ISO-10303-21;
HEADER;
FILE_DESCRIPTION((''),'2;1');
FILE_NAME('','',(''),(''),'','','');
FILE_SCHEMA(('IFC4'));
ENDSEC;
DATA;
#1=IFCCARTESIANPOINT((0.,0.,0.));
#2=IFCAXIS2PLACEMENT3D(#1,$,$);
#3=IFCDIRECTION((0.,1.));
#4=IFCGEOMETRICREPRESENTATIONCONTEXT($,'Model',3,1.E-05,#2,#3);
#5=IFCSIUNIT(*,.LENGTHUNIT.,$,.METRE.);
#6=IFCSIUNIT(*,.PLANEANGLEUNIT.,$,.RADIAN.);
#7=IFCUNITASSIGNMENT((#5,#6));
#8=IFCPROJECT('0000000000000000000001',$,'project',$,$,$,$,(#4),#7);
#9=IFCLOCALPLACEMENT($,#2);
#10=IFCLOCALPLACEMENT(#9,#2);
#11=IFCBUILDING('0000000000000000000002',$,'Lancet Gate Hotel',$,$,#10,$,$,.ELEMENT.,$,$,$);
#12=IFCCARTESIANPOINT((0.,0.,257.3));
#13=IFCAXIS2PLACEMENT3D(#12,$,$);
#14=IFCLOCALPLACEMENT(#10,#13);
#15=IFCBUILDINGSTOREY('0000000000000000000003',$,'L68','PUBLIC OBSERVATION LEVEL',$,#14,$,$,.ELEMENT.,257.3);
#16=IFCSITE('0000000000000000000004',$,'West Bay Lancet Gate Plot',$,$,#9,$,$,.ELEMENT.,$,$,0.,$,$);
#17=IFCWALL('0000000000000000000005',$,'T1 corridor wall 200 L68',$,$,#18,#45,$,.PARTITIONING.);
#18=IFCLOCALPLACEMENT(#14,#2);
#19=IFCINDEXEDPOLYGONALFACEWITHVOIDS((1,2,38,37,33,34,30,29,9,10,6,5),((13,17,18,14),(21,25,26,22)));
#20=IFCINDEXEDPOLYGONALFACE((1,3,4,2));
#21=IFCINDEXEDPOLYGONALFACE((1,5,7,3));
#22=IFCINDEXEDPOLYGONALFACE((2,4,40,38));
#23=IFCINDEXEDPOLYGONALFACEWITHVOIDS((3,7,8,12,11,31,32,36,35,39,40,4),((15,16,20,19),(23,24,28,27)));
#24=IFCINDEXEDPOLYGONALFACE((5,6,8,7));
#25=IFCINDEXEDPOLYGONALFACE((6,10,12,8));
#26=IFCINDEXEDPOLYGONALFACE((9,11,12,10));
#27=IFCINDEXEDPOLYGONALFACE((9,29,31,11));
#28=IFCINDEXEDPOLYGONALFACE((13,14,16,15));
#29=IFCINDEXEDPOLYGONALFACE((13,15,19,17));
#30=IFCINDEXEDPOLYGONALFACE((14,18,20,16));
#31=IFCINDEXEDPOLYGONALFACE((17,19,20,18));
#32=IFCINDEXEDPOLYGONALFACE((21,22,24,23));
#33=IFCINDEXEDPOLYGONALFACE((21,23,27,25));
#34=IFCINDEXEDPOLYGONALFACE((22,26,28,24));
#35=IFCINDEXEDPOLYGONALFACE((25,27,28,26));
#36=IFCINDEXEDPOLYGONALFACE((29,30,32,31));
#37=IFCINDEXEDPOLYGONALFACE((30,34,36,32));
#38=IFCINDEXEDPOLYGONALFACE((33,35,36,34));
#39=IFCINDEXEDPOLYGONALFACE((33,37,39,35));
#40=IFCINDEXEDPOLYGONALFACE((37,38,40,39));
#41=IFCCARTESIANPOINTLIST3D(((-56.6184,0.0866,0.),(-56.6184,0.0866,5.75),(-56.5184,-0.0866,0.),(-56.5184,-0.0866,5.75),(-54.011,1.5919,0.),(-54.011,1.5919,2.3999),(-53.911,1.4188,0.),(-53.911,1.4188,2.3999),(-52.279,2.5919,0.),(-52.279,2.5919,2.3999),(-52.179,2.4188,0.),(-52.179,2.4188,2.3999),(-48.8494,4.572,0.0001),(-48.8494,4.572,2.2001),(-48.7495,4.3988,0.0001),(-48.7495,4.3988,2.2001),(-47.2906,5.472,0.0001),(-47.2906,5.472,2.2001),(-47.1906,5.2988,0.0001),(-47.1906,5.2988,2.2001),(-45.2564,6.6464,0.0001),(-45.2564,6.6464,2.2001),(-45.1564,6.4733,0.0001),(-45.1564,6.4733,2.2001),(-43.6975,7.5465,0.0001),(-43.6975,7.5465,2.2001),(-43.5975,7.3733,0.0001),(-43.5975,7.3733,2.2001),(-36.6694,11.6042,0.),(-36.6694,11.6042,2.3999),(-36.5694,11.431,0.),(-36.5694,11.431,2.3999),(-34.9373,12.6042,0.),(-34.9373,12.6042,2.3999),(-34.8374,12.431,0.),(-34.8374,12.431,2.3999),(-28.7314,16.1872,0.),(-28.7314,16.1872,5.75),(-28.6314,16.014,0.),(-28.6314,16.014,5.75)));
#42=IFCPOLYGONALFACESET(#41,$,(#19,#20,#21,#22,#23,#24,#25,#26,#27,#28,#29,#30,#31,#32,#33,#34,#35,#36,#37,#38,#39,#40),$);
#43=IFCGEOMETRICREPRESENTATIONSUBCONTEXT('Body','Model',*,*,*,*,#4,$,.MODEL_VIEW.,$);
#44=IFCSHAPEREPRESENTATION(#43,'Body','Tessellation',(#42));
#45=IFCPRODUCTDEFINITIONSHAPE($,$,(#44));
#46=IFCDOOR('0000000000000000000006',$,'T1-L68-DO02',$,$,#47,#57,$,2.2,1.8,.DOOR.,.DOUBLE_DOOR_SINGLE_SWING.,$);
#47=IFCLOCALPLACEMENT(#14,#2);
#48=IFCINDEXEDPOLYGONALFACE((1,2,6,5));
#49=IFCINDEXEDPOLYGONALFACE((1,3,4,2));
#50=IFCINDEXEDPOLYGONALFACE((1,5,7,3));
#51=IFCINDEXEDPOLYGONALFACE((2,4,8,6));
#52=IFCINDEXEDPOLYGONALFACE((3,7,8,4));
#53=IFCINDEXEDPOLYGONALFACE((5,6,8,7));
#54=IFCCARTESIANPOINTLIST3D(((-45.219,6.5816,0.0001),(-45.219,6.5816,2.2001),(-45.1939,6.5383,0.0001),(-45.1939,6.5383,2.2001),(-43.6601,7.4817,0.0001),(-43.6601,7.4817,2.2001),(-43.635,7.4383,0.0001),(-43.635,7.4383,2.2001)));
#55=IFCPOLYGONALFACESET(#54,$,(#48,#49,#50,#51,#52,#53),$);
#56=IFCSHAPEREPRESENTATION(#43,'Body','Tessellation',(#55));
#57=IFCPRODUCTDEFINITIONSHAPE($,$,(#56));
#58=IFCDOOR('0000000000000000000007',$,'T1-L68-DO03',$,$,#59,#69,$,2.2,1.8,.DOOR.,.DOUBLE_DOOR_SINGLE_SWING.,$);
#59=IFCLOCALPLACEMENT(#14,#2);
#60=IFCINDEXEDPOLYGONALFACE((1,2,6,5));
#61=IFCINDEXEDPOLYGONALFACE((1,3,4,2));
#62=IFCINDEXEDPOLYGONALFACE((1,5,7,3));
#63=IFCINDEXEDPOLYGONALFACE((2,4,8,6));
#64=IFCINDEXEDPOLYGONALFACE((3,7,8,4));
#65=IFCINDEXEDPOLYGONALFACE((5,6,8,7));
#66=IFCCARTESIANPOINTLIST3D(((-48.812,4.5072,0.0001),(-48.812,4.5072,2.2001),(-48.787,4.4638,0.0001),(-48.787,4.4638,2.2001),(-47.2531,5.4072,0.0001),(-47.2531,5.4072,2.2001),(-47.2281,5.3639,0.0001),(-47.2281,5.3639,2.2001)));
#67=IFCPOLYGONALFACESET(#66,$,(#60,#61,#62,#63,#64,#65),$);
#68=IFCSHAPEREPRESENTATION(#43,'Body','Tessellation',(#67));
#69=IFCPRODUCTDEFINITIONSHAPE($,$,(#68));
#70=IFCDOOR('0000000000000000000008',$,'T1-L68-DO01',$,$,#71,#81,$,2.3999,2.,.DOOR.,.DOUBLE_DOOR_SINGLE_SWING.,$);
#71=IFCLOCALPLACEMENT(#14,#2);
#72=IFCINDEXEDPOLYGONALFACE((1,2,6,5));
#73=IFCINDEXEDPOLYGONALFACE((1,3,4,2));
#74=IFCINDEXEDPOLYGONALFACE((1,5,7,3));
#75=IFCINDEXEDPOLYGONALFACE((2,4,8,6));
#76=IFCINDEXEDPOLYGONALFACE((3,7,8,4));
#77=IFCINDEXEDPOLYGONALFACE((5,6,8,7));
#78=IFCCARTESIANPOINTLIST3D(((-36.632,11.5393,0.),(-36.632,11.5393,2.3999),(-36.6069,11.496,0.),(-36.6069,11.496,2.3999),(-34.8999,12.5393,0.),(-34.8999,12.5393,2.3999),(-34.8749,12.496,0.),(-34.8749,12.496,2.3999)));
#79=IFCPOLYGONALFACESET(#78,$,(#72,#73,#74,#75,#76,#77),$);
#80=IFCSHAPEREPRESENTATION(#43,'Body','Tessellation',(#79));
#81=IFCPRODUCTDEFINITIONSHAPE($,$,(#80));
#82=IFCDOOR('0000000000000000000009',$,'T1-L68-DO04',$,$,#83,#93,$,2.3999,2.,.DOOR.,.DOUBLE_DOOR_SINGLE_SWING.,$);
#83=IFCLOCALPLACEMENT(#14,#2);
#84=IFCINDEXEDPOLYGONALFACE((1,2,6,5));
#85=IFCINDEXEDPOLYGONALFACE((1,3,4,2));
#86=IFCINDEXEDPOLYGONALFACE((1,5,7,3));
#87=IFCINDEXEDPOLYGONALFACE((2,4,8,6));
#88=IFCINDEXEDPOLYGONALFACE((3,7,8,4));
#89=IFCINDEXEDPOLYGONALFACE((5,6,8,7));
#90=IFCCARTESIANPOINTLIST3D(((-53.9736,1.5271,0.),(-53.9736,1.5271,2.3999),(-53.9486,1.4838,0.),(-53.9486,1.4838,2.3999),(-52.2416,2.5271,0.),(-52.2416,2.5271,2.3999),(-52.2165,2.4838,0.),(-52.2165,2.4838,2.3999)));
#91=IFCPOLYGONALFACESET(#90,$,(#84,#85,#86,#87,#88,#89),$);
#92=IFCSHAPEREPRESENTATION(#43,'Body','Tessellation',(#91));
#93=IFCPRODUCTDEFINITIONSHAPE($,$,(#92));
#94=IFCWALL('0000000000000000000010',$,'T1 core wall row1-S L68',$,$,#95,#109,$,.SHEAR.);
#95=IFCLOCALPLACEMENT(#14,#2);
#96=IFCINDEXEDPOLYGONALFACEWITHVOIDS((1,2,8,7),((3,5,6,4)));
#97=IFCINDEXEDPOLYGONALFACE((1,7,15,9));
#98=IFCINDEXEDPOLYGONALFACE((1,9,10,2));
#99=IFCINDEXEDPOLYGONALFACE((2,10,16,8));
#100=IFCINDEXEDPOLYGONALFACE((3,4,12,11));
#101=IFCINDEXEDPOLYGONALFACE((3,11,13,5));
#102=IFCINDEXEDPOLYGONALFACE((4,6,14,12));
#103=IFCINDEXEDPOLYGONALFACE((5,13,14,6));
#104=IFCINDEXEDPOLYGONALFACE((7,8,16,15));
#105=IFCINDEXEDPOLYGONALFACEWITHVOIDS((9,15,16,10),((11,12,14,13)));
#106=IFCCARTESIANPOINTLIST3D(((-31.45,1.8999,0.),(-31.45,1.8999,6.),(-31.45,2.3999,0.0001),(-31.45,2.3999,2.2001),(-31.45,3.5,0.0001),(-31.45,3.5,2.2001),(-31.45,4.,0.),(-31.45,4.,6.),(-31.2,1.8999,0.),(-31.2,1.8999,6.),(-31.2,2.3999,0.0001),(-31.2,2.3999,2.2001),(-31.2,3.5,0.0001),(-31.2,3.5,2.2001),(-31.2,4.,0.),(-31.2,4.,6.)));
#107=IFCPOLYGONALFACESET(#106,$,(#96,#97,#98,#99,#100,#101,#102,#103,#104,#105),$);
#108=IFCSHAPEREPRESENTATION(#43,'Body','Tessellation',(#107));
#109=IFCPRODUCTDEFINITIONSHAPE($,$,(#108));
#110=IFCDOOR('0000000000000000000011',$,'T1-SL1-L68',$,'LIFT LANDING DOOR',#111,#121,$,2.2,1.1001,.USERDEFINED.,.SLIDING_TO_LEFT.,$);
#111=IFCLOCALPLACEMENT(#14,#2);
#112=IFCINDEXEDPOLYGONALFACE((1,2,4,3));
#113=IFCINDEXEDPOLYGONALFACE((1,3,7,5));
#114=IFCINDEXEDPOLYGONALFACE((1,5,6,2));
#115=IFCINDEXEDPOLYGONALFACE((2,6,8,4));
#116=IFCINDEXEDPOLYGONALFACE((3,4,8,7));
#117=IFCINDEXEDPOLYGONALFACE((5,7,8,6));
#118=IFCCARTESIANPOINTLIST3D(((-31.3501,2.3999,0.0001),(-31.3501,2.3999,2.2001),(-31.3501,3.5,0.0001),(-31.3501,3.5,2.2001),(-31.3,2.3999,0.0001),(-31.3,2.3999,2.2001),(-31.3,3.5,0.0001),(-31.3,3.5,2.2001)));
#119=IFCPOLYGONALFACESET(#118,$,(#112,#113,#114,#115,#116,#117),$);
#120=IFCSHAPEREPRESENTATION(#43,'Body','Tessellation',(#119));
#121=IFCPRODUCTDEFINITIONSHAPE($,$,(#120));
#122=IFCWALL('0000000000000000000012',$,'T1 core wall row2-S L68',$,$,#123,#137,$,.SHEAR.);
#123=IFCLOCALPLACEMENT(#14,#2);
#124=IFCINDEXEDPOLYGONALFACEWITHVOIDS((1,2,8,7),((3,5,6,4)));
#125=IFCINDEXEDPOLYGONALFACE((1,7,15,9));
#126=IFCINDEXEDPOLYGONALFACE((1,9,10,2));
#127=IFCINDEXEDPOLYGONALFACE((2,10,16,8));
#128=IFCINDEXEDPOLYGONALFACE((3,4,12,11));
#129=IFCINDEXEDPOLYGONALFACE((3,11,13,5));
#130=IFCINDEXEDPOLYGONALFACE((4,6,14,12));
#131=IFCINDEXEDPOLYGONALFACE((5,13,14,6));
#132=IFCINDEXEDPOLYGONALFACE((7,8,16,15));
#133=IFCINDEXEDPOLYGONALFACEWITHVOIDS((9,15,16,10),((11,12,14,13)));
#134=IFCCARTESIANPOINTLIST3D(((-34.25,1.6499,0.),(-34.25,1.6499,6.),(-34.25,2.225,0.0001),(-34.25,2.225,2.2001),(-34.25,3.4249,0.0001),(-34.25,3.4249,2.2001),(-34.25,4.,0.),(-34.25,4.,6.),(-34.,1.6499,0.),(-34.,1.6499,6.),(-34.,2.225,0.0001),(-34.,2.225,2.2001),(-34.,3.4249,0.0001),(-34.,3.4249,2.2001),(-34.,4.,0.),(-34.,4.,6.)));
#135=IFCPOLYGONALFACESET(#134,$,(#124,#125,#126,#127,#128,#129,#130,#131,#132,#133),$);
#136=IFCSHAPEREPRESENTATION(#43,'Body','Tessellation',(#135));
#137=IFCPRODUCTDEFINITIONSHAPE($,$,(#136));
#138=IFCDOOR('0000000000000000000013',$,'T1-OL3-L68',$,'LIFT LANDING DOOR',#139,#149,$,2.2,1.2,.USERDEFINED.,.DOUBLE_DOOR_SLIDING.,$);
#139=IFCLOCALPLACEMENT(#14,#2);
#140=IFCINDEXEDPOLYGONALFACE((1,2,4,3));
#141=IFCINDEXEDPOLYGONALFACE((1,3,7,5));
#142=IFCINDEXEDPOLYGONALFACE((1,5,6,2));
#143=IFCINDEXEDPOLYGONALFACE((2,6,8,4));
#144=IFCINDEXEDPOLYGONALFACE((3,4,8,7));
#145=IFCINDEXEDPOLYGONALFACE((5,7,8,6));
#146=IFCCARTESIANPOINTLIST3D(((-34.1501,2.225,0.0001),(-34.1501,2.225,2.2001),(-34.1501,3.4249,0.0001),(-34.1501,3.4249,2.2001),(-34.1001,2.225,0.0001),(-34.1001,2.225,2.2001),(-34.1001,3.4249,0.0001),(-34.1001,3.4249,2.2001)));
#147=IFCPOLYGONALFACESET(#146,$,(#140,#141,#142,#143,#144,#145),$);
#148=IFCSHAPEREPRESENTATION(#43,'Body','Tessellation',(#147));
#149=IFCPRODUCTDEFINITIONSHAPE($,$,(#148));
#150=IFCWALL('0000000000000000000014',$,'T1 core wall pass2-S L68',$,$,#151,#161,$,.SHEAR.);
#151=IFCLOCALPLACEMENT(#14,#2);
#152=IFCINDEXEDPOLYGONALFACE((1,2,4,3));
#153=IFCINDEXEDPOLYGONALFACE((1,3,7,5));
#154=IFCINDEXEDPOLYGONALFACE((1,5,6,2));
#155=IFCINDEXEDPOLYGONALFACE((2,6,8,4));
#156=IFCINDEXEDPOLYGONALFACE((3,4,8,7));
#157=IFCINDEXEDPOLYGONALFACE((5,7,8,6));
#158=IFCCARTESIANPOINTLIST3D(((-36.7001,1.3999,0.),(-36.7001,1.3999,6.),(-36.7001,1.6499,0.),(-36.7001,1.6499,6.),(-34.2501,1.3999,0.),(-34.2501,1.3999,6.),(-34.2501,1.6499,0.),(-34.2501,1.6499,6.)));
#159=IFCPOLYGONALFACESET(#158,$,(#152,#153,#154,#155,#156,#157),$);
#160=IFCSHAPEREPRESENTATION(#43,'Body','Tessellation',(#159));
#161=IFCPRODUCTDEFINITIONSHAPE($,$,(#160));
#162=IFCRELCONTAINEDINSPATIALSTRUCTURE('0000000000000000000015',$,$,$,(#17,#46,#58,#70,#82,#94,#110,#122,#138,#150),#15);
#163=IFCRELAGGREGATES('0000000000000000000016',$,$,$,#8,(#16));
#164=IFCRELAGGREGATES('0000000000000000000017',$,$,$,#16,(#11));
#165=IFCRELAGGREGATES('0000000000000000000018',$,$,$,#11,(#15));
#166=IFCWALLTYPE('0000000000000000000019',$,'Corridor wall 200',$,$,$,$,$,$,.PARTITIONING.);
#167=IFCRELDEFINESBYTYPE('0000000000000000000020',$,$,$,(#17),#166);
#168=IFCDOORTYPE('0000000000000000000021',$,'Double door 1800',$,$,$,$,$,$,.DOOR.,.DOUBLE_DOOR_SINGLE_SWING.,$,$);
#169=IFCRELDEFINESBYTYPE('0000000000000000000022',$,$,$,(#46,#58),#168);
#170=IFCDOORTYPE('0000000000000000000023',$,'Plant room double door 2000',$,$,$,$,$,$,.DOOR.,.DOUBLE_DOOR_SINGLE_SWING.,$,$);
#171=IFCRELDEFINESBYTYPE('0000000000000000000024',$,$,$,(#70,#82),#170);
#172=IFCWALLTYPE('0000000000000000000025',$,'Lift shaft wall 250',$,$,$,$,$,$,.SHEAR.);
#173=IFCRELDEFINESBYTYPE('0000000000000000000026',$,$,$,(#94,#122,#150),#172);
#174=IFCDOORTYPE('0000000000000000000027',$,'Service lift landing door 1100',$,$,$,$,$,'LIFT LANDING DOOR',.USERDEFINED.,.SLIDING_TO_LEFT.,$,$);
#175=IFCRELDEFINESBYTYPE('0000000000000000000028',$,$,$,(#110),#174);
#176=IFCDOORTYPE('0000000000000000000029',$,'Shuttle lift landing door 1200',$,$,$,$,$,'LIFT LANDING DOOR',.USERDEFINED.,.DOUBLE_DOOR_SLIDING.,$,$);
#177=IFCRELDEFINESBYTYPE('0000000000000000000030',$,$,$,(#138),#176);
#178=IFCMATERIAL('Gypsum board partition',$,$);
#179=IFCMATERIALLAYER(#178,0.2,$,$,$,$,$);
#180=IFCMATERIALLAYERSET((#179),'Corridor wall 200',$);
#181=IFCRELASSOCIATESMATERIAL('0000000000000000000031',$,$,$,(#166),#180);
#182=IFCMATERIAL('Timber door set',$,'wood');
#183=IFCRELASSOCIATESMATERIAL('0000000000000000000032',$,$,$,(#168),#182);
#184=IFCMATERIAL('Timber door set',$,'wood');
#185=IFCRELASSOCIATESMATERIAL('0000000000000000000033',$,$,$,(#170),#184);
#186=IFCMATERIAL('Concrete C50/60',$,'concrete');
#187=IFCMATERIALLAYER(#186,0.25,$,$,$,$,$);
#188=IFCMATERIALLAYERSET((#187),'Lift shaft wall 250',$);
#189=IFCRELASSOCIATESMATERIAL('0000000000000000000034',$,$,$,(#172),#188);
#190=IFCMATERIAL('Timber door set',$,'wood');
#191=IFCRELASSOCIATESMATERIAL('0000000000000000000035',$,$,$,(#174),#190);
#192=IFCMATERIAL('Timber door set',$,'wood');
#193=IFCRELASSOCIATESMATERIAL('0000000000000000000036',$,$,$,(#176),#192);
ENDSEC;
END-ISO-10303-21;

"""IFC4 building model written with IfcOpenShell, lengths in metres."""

from ifc_helpers import new_model, si_unit, direction, frame, frame_2d, origin, place, context, subcontext, project, spatial, rectangle, extrude, material, layer, layer_set, type_object, element, fill, save


model = new_model("IFC4")

# Units and contexts
model_context = context("Model", 3, precision=1e-05, world=origin(), true_north=direction((0.0, 1.0)))
body_context = subcontext(model_context, "Body", "Model", "MODEL_VIEW")
ifc_project = project(units=[si_unit("LENGTHUNIT", "METRE"), si_unit("PLANEANGLEUNIT", "RADIAN")], contexts=[model_context])

# Site, building, storey
site_placement = place(None, origin())
site = spatial("IfcSite", under=ifc_project, at=site_placement, Name="West Bay Lancet Gate Plot", CompositionType="ELEMENT", RefElevation=0.0)
building_placement = place(site_placement, origin())
building = spatial("IfcBuilding", under=site, at=building_placement, Name="Lancet Gate Hotel", CompositionType="ELEMENT")
storey_placement = place(building_placement, frame((0.0, 0.0, 257.3)))
storey = spatial("IfcBuildingStorey", under=building, at=storey_placement, Name="L68", Description="PUBLIC OBSERVATION LEVEL", CompositionType="ELEMENT", Elevation=257.3)

# Wall, openings, doors
ifc_material_1 = material(Name="Gypsum board partition")
ifc_layer_1 = layer(ifc_material_1, 0.2)
ifc_layer_set_1 = layer_set([ifc_layer_1], Name="Corridor wall 200")
wall_type_1 = type_object("IfcWallType", Name="Corridor wall 200", PredefinedType="PARTITIONING", material=ifc_layer_set_1)
wall_1_placement = place(storey_placement, frame((-28.6814, 16.1006, 0.0), z_axis=(0.0, 0.0, 1.0), x_axis=(-0.866025, -0.500001, 0.0)))
wall_1 = element("IfcWall", 1, at=wall_1_placement, inside=storey, type_object=wall_type_1, Name="T1 corridor wall 200 L68", PredefinedType="PARTITIONING", context=body_context, shape_type="SweptSolid", body=[
    extrude(rectangle(XDim=32.2012, YDim=0.2, at=frame_2d((16.1006, 0.0))), origin(), (0.0, 0.0, 1.0), 5.75),
])
opening_1_placement = place(wall_1_placement, frame((7.166, 0.0, 0.0)))
opening_1 = element("IfcOpeningElement", 2, at=opening_1_placement, cuts=wall_1, PredefinedType="OPENING", context=body_context, shape_type="SweptSolid", body=[
    extrude(rectangle(XDim=2.0, YDim=2.3999, at=frame_2d((1.0, 1.2))), frame((0.0, 0.1099, 0.0), z_axis=(0.0, -1.0, 0.0), x_axis=(1.0, 0.0, 0.0)), (0.0, 0.0, 1.0), 0.22),
])
opening_2_placement = place(wall_1_placement, frame((17.2815, 0.0, 0.0)))
opening_2 = element("IfcOpeningElement", 3, at=opening_2_placement, cuts=wall_1, PredefinedType="OPENING", context=body_context, shape_type="SweptSolid", body=[
    extrude(rectangle(XDim=1.8, YDim=2.2, at=frame_2d((0.8999, 1.1001))), frame((0.0, 0.1099, 0.0), z_axis=(0.0, -1.0, 0.0), x_axis=(1.0, 0.0, 0.0)), (0.0, 0.0, 1.0), 0.22),
])
opening_3_placement = place(wall_1_placement, frame((21.4304, 0.0, 0.0)))
opening_3 = element("IfcOpeningElement", 4, at=opening_3_placement, cuts=wall_1, PredefinedType="OPENING", context=body_context, shape_type="SweptSolid", body=[
    extrude(rectangle(XDim=1.8, YDim=2.2, at=frame_2d((0.8999, 1.1001))), frame((0.0, 0.1099, 0.0), z_axis=(0.0, -1.0, 0.0), x_axis=(1.0, 0.0, 0.0)), (0.0, 0.0, 1.0), 0.22),
])
opening_4_placement = place(wall_1_placement, frame((27.1904, 0.0, 0.0)))
opening_4 = element("IfcOpeningElement", 5, at=opening_4_placement, cuts=wall_1, PredefinedType="OPENING", context=body_context, shape_type="SweptSolid", body=[
    extrude(rectangle(XDim=2.0, YDim=2.3999, at=frame_2d((1.0, 1.2))), frame((0.0, 0.1099, 0.0), z_axis=(0.0, -1.0, 0.0), x_axis=(1.0, 0.0, 0.0)), (0.0, 0.0, 1.0), 0.22),
])
ifc_material_2 = material(Name="Timber door set", Category="wood")
door_type_1 = type_object("IfcDoorType", Name="Double door 1800", OperationType="DOUBLE_DOOR_SINGLE_SWING", PredefinedType="DOOR", material=ifc_material_2)
door_1_placement = place(opening_2_placement, origin())
door_1 = element("IfcDoor", 6, at=door_1_placement, inside=storey, type_object=door_type_1, Name="T1-L68-DO02", OperationType="DOUBLE_DOOR_SINGLE_SWING", OverallHeight=2.2, OverallWidth=1.8, PredefinedType="DOOR", context=body_context, shape_type="SweptSolid", body=[
    extrude(rectangle(XDim=1.8, YDim=2.2, at=frame_2d((0.8999, 1.1001))), frame((0.0, 0.0249, 0.0), z_axis=(0.0, -1.0, 0.0), x_axis=(1.0, 0.0, 0.0)), (0.0, 0.0, 1.0), 0.05),
])
fill(opening_2, door_1)
door_2_placement = place(opening_3_placement, origin())
door_2 = element("IfcDoor", 7, at=door_2_placement, inside=storey, type_object=door_type_1, Name="T1-L68-DO03", OperationType="DOUBLE_DOOR_SINGLE_SWING", OverallHeight=2.2, OverallWidth=1.8, PredefinedType="DOOR", context=body_context, shape_type="SweptSolid", body=[
    extrude(rectangle(XDim=1.8, YDim=2.2, at=frame_2d((0.8999, 1.1001))), frame((0.0, 0.0249, 0.0), z_axis=(0.0, -1.0, 0.0), x_axis=(1.0, 0.0, 0.0)), (0.0, 0.0, 1.0), 0.05),
])
fill(opening_3, door_2)
ifc_material_3 = material(Name="Timber door set", Category="wood")
door_type_2 = type_object("IfcDoorType", Name="Plant room double door 2000", OperationType="DOUBLE_DOOR_SINGLE_SWING", PredefinedType="DOOR", material=ifc_material_3)
door_3_placement = place(opening_1_placement, origin())
door_3 = element("IfcDoor", 8, at=door_3_placement, inside=storey, type_object=door_type_2, Name="T1-L68-DO01", OperationType="DOUBLE_DOOR_SINGLE_SWING", OverallHeight=2.3999, OverallWidth=2.0, PredefinedType="DOOR", context=body_context, shape_type="SweptSolid", body=[
    extrude(rectangle(XDim=2.0, YDim=2.3999, at=frame_2d((1.0, 1.2))), frame((0.0, 0.0249, 0.0), z_axis=(0.0, -1.0, 0.0), x_axis=(1.0, 0.0, 0.0)), (0.0, 0.0, 1.0), 0.05),
])
fill(opening_1, door_3)
door_4_placement = place(opening_4_placement, origin())
door_4 = element("IfcDoor", 9, at=door_4_placement, inside=storey, type_object=door_type_2, Name="T1-L68-DO04", OperationType="DOUBLE_DOOR_SINGLE_SWING", OverallHeight=2.3999, OverallWidth=2.0, PredefinedType="DOOR", context=body_context, shape_type="SweptSolid", body=[
    extrude(rectangle(XDim=2.0, YDim=2.3999, at=frame_2d((1.0, 1.2))), frame((0.0, 0.0249, 0.0), z_axis=(0.0, -1.0, 0.0), x_axis=(1.0, 0.0, 0.0)), (0.0, 0.0, 1.0), 0.05),
])
fill(opening_4, door_4)

# Walls, openings, doors
ifc_material_4 = material(Name="Concrete C50/60", Category="concrete")
ifc_layer_2 = layer(ifc_material_4, 0.25)
ifc_layer_set_2 = layer_set([ifc_layer_2], Name="Lift shaft wall 250")
wall_type_2 = type_object("IfcWallType", Name="Lift shaft wall 250", PredefinedType="SHEAR", material=ifc_layer_set_2)
wall_2_placement = place(storey_placement, frame((-31.325, 4.0, 0.0), z_axis=(0.0, 0.0, 1.0), x_axis=(0.0, -1.0, 0.0)))
wall_2 = element("IfcWall", 10, at=wall_2_placement, inside=storey, type_object=wall_type_2, Name="T1 core wall row1-S L68", PredefinedType="SHEAR", context=body_context, shape_type="SweptSolid", body=[
    extrude(rectangle(XDim=2.1001, YDim=0.25, at=frame_2d((1.05, 0.0))), origin(), (0.0, 0.0, 1.0), 6.0),
])
opening_5_placement = place(wall_2_placement, frame((0.5, 0.0, 0.0)))
opening_5 = element("IfcOpeningElement", 11, at=opening_5_placement, cuts=wall_2, PredefinedType="OPENING", context=body_context, shape_type="SweptSolid", body=[
    extrude(rectangle(XDim=1.1001, YDim=2.2, at=frame_2d((0.55, 1.1001))), frame((0.0, 0.135, 0.0), z_axis=(0.0, -1.0, 0.0), x_axis=(1.0, 0.0, 0.0)), (0.0, 0.0, 1.0), 0.27),
])
ifc_material_5 = material(Name="Timber door set", Category="wood")
door_type_3 = type_object("IfcDoorType", Name="Service lift landing door 1100", ElementType="LIFT LANDING DOOR", OperationType="SLIDING_TO_LEFT", PredefinedType="USERDEFINED", material=ifc_material_5)
door_5_placement = place(opening_5_placement, origin())
door_5 = element("IfcDoor", 12, at=door_5_placement, inside=storey, type_object=door_type_3, Name="T1-SL1-L68", ObjectType="LIFT LANDING DOOR", OperationType="SLIDING_TO_LEFT", OverallHeight=2.2, OverallWidth=1.1001, PredefinedType="USERDEFINED", context=body_context, shape_type="SweptSolid", body=[
    extrude(rectangle(XDim=1.1001, YDim=2.2, at=frame_2d((0.55, 1.1001))), frame((0.0, 0.0249, 0.0), z_axis=(0.0, -1.0, 0.0), x_axis=(1.0, 0.0, 0.0)), (0.0, 0.0, 1.0), 0.05),
])
fill(opening_5, door_5)
wall_3_placement = place(storey_placement, frame((-34.125, 4.0, 0.0), z_axis=(0.0, 0.0, 1.0), x_axis=(0.0, -1.0, 0.0)))
wall_3 = element("IfcWall", 13, at=wall_3_placement, inside=storey, type_object=wall_type_2, Name="T1 core wall row2-S L68", PredefinedType="SHEAR", context=body_context, shape_type="SweptSolid", body=[
    extrude(rectangle(XDim=2.3501, YDim=0.25, at=frame_2d((1.175, 0.0))), origin(), (0.0, 0.0, 1.0), 6.0),
])
opening_6_placement = place(wall_3_placement, frame((0.575, 0.0, 0.0)))
opening_6 = element("IfcOpeningElement", 14, at=opening_6_placement, cuts=wall_3, PredefinedType="OPENING", context=body_context, shape_type="SweptSolid", body=[
    extrude(rectangle(XDim=1.2, YDim=2.2, at=frame_2d((0.6001, 1.1001))), frame((0.0, 0.135, 0.0), z_axis=(0.0, -1.0, 0.0), x_axis=(1.0, 0.0, 0.0)), (0.0, 0.0, 1.0), 0.27),
])
ifc_material_6 = material(Name="Timber door set", Category="wood")
door_type_4 = type_object("IfcDoorType", Name="Shuttle lift landing door 1200", ElementType="LIFT LANDING DOOR", OperationType="DOUBLE_DOOR_SLIDING", PredefinedType="USERDEFINED", material=ifc_material_6)
door_6_placement = place(opening_6_placement, origin())
door_6 = element("IfcDoor", 15, at=door_6_placement, inside=storey, type_object=door_type_4, Name="T1-OL3-L68", ObjectType="LIFT LANDING DOOR", OperationType="DOUBLE_DOOR_SLIDING", OverallHeight=2.2, OverallWidth=1.2, PredefinedType="USERDEFINED", context=body_context, shape_type="SweptSolid", body=[
    extrude(rectangle(XDim=1.2, YDim=2.2, at=frame_2d((0.6001, 1.1001))), frame((0.0, 0.0249, 0.0), z_axis=(0.0, -1.0, 0.0), x_axis=(1.0, 0.0, 0.0)), (0.0, 0.0, 1.0), 0.05),
])
fill(opening_6, door_6)

# Wall
wall_4_placement = place(storey_placement, frame((-34.25, 1.5249, 0.0), z_axis=(0.0, 0.0, 1.0), x_axis=(-1.0, 0.0, 0.0)))
element("IfcWall", 16, at=wall_4_placement, inside=storey, type_object=wall_type_2, Name="T1 core wall pass2-S L68", PredefinedType="SHEAR", context=body_context, shape_type="SweptSolid", body=[
    extrude(rectangle(XDim=2.45, YDim=0.25, at=frame_2d((1.2251, 0.0))), origin(), (0.0, 0.0, 1.0), 6.0),
])

save(model, "model.ifc")
